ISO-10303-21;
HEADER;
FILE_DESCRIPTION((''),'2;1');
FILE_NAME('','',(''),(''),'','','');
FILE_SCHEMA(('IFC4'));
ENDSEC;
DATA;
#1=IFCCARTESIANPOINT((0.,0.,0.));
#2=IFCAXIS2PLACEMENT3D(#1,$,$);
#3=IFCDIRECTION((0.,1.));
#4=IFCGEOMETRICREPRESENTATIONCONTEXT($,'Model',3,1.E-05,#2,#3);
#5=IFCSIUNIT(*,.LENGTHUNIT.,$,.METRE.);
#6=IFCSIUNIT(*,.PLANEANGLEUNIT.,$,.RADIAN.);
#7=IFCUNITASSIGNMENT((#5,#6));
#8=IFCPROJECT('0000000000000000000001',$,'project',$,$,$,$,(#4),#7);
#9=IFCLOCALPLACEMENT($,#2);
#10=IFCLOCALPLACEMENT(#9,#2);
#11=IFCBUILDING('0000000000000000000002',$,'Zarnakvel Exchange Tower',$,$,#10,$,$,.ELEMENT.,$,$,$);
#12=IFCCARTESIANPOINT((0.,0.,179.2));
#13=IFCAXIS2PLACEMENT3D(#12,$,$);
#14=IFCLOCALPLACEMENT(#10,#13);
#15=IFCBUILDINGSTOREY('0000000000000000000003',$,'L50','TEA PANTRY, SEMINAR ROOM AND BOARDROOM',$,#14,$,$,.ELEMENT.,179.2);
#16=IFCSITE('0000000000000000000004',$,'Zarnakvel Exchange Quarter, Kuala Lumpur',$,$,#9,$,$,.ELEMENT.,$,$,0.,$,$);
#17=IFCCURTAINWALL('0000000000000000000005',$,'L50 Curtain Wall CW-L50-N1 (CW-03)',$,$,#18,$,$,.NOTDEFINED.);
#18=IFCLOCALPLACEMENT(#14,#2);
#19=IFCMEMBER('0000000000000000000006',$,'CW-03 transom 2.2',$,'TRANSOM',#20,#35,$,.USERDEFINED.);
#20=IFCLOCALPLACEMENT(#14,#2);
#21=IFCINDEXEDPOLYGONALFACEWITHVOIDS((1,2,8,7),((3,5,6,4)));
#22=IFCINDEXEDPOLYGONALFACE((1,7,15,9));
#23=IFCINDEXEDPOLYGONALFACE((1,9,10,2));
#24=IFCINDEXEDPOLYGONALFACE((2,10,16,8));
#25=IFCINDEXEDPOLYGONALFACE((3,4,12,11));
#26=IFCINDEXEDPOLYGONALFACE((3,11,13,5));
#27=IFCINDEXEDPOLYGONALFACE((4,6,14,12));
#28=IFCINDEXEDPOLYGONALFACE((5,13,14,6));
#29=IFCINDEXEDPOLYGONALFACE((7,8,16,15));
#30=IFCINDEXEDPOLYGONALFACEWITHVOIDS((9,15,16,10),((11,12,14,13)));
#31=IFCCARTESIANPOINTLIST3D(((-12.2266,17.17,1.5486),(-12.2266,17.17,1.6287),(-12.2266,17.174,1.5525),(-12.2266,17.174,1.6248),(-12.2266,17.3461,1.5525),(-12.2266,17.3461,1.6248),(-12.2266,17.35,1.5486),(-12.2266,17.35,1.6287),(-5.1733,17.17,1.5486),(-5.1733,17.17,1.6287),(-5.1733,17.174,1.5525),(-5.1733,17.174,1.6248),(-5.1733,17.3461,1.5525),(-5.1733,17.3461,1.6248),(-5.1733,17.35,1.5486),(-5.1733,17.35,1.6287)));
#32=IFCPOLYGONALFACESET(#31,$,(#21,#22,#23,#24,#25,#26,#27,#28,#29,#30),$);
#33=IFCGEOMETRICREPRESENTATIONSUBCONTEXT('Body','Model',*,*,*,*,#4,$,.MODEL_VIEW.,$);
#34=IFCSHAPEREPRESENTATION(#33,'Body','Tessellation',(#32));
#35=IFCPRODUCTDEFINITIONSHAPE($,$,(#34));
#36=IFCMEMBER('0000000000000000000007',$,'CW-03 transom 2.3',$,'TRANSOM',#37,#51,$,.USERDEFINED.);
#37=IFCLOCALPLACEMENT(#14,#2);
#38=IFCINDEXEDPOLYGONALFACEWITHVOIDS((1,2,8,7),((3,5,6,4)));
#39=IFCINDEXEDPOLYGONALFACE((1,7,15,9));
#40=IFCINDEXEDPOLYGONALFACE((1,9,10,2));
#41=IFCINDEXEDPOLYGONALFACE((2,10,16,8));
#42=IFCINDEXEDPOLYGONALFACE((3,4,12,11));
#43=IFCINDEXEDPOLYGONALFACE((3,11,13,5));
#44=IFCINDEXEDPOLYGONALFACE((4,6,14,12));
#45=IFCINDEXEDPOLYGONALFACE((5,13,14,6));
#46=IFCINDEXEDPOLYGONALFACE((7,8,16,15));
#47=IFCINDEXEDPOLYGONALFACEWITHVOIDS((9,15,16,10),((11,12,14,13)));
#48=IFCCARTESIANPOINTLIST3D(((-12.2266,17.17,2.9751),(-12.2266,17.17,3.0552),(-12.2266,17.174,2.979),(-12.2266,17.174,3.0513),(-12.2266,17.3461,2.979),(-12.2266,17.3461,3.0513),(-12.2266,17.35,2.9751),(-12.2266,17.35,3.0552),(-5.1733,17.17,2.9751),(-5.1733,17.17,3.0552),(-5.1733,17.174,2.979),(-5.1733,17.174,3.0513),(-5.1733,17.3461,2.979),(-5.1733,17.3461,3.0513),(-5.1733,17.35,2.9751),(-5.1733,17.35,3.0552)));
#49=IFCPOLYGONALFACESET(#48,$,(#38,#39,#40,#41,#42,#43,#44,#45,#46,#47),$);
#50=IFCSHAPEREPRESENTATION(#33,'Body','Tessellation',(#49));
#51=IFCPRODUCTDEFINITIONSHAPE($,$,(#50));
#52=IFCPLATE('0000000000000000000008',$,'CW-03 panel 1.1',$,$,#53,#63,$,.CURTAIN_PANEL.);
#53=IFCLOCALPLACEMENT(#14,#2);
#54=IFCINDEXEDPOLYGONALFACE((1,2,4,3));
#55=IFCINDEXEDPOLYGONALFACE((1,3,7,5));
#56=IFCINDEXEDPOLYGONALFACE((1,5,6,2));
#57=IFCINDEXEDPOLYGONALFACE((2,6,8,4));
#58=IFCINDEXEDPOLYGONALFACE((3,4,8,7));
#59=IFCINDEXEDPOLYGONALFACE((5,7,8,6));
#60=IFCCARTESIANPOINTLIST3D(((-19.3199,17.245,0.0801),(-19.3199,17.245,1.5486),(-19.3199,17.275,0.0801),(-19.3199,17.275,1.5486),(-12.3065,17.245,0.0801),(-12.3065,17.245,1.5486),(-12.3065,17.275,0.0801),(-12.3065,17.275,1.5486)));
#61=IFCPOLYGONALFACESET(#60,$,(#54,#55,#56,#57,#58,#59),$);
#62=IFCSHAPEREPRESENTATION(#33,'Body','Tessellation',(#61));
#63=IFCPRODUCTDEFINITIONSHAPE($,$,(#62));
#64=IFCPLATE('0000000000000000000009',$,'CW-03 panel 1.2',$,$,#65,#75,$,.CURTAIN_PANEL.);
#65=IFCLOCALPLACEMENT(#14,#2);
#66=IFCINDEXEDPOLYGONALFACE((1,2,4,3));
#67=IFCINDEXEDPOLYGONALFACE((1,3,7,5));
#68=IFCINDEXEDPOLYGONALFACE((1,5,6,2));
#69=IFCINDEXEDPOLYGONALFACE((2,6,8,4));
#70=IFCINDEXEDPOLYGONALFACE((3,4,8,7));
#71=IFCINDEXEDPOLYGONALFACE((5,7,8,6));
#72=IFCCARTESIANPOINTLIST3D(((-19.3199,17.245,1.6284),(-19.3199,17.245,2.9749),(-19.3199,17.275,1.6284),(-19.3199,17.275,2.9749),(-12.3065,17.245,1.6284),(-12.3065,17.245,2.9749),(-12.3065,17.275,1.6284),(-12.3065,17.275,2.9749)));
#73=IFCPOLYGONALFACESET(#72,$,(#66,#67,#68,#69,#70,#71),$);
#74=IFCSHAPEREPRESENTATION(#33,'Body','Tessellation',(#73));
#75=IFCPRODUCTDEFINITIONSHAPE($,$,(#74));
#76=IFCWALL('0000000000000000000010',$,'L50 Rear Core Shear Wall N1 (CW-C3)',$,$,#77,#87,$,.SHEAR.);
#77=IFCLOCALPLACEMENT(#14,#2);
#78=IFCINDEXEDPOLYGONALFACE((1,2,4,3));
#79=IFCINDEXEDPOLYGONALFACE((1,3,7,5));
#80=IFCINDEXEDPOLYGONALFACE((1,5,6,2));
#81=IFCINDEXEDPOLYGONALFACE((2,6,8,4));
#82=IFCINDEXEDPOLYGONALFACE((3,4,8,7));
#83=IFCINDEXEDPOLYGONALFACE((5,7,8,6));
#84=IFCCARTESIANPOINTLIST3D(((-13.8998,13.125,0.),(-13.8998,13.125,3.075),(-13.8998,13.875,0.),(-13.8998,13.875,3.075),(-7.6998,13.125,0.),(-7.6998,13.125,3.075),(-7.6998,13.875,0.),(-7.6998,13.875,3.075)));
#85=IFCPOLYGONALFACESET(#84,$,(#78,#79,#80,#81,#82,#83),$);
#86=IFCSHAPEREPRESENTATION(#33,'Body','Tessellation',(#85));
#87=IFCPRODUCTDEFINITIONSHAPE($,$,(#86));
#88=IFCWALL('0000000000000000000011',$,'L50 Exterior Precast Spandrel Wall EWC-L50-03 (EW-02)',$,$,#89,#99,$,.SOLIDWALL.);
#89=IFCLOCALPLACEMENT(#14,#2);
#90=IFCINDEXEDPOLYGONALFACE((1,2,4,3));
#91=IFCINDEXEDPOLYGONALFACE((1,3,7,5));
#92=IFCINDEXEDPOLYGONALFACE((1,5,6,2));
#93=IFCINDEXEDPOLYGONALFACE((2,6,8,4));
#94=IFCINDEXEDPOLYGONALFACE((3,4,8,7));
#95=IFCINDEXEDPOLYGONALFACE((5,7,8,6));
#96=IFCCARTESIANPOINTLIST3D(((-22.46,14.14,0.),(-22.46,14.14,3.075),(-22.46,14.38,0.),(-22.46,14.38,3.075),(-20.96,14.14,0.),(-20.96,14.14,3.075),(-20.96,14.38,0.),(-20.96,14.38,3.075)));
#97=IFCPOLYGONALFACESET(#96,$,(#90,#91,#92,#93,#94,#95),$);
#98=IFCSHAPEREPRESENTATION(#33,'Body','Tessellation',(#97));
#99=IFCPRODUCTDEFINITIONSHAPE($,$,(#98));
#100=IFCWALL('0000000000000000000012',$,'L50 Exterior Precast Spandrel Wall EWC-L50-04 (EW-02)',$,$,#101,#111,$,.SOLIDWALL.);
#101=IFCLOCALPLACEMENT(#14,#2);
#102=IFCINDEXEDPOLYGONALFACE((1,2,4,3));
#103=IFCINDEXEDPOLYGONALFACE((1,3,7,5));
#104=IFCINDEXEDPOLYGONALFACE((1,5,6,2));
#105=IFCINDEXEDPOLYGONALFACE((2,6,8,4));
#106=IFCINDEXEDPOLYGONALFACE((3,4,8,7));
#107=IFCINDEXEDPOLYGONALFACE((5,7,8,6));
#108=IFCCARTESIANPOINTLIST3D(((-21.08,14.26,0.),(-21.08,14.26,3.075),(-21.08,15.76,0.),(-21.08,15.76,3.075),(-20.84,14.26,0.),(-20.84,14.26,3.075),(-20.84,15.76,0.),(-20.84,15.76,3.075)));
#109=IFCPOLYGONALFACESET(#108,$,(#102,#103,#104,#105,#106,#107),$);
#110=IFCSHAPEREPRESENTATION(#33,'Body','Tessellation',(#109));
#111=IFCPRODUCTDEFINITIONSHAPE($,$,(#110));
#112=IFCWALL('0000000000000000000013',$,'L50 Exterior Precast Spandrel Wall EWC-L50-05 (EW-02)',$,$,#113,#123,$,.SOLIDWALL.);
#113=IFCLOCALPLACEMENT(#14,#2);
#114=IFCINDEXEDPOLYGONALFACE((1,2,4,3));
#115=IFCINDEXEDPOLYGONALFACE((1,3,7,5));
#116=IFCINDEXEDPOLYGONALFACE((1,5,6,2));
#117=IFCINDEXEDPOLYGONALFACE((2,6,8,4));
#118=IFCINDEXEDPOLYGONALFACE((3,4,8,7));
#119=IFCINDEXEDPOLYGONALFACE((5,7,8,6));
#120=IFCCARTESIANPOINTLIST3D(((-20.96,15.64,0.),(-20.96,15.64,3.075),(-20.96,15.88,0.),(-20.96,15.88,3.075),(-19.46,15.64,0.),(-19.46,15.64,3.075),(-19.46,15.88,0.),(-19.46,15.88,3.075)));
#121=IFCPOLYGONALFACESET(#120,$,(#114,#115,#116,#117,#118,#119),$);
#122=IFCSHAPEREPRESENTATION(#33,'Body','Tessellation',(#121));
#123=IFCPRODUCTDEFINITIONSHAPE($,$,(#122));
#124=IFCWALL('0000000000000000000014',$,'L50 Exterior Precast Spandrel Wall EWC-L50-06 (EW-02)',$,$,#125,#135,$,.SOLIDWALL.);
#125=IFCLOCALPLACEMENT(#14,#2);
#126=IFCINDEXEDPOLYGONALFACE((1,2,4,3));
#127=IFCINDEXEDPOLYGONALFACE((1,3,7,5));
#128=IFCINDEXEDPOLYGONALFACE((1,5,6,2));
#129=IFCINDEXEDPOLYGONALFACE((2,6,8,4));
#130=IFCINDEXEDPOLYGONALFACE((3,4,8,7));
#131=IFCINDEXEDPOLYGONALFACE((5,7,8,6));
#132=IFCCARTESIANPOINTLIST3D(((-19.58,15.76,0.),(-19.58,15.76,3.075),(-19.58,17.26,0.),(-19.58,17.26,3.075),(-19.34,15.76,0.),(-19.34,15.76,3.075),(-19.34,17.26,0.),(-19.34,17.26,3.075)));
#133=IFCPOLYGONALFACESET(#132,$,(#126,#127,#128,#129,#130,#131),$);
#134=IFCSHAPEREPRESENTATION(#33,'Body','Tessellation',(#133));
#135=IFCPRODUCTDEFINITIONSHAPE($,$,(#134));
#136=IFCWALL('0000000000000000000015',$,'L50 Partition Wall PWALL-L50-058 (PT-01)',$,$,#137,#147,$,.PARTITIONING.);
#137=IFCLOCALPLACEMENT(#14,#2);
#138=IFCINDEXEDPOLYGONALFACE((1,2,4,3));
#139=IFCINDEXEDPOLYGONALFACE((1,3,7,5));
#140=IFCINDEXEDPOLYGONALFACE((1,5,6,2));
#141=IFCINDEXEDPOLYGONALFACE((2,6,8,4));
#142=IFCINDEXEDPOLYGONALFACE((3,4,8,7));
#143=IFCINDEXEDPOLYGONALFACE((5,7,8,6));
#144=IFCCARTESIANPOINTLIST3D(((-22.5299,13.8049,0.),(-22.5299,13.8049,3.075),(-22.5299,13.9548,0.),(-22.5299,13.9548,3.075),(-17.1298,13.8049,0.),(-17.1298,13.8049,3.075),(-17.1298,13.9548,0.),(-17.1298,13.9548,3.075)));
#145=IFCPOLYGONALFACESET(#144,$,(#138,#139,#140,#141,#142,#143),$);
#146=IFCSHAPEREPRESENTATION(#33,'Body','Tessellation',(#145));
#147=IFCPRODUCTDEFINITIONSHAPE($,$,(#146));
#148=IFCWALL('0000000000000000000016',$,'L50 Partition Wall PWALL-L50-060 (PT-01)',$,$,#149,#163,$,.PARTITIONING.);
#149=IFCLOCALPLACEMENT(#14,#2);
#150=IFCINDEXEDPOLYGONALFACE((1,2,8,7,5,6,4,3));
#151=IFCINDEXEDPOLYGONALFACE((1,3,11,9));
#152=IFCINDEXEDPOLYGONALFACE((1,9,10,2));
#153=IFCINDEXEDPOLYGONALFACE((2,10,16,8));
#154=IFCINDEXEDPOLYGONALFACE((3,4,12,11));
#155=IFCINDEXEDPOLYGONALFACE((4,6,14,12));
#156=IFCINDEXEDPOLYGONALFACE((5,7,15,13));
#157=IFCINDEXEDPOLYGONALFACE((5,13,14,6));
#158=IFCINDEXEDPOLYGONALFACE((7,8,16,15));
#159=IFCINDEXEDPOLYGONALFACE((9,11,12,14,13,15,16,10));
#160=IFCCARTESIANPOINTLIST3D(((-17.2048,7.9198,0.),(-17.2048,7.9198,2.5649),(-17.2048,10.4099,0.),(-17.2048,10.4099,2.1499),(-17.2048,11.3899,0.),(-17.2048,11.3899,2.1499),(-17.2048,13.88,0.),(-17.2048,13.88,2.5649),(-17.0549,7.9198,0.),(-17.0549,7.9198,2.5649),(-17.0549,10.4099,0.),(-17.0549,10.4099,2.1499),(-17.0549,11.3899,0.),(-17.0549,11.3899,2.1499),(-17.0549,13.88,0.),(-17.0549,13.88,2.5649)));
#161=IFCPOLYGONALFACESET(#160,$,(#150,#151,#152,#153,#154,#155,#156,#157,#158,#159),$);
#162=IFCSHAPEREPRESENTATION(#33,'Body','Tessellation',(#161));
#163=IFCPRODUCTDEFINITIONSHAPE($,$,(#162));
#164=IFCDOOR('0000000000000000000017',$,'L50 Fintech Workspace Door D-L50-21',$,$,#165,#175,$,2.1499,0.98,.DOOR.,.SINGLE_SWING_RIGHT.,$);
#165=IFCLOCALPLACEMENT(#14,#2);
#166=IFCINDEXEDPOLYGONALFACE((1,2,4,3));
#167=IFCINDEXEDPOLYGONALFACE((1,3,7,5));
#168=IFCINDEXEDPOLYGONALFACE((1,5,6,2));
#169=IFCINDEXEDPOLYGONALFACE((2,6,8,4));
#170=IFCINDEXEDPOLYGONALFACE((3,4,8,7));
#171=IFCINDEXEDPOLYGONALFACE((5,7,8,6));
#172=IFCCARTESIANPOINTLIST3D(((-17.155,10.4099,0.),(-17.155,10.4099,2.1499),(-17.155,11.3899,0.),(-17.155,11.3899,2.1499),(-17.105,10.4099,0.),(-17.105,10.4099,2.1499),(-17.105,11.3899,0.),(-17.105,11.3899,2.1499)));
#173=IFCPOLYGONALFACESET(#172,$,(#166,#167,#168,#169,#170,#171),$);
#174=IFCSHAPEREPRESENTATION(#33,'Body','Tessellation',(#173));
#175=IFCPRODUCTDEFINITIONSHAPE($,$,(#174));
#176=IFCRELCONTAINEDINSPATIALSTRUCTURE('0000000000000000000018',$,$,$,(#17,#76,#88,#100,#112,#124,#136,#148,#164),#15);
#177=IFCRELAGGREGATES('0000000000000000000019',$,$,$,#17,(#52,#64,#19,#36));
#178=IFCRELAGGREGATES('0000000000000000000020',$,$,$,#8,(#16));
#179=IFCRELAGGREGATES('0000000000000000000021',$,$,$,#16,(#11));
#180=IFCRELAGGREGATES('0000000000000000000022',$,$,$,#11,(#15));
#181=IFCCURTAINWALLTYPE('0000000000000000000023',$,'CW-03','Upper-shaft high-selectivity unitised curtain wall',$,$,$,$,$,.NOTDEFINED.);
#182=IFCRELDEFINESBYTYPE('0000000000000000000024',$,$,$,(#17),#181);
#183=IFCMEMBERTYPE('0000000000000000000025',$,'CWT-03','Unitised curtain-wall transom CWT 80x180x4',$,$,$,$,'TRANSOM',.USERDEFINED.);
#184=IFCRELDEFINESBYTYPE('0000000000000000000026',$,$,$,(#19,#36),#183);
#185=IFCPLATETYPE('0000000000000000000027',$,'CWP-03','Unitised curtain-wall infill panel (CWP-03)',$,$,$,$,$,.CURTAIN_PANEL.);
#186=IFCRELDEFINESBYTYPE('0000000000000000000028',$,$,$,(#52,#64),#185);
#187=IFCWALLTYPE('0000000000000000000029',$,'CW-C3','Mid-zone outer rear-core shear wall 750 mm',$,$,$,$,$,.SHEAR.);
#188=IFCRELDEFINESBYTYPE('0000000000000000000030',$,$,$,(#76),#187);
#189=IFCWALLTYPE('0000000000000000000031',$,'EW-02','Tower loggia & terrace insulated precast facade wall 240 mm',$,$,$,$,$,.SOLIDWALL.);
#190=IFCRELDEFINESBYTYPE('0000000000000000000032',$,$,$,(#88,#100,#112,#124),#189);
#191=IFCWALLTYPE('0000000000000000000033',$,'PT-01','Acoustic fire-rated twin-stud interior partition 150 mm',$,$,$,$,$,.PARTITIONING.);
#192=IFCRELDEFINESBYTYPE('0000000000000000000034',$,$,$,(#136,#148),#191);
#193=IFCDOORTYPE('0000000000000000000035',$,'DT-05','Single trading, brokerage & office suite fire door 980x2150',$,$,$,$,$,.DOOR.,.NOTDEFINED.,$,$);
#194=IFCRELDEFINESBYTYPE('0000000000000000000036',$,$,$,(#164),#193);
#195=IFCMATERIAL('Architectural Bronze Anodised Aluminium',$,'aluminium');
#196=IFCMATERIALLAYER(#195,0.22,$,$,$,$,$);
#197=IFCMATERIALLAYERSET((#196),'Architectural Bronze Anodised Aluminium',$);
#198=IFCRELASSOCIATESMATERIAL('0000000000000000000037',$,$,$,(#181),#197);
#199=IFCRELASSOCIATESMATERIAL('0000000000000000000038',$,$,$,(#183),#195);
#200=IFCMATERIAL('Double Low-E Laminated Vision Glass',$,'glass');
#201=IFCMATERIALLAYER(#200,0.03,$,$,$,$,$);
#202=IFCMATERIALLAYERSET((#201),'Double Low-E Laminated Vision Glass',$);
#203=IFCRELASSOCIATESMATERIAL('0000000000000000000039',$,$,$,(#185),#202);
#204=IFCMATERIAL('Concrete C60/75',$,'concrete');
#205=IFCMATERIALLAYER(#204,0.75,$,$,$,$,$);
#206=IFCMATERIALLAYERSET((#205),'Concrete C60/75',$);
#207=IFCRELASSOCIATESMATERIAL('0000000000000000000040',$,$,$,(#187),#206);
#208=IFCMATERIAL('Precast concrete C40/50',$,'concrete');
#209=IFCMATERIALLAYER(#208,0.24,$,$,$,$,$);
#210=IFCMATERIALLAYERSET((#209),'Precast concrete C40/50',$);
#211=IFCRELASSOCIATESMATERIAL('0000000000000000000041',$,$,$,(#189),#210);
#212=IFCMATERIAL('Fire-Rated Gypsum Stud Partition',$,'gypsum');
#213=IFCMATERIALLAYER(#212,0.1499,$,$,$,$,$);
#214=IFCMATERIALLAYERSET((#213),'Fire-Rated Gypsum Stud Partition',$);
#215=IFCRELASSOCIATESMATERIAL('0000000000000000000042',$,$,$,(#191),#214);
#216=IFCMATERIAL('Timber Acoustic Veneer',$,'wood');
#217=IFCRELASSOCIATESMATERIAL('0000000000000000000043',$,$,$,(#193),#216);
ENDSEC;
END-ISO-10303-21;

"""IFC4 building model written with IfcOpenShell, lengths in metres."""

from ifc_helpers import new_model, si_unit, direction, frame, frame_2d, origin, origin_2d, place, context, subcontext, project, spatial, rectangle, hollow_rectangle, extrude, source, transform, mapped, material, layer, layer_set, material_profile, profile_set, type_object, element, fill, aggregate, save


model = new_model("IFC4")

# Units and contexts
model_context = context("Model", 3, precision=1e-05, world=origin(), true_north=direction((0.0, 1.0)))
body_context = subcontext(model_context, "Body", "Model", "MODEL_VIEW")
ifc_project = project(units=[si_unit("LENGTHUNIT", "METRE"), si_unit("PLANEANGLEUNIT", "RADIAN")], contexts=[model_context])

# Site, building, storey
site_placement = place(None, origin())
site = spatial("IfcSite", under=ifc_project, at=site_placement, Name="Zarnakvel Exchange Quarter, Kuala Lumpur", CompositionType="ELEMENT", RefElevation=0.0)
building_placement = place(site_placement, origin())
building = spatial("IfcBuilding", under=site, at=building_placement, Name="Zarnakvel Exchange Tower", CompositionType="ELEMENT")
storey_placement = place(building_placement, frame((0.0, 0.0, 179.2)))
storey = spatial("IfcBuildingStorey", under=building, at=storey_placement, Name="L50", Description="TEA PANTRY, SEMINAR ROOM AND BOARDROOM", CompositionType="ELEMENT", Elevation=179.2)

# Shared definitions
ifc_material_1 = material(Name="Concrete C60/75", Category="concrete")

# Shared definitions
ifc_material_2 = material(Name="Architectural Bronze Anodised Aluminium", Category="aluminium")

# Curtain wall, members, plates
ifc_layer_1 = layer(ifc_material_2, 0.22)
ifc_layer_set_1 = layer_set([ifc_layer_1], Name="Architectural Bronze Anodised Aluminium")
curtain_wall_type_1 = type_object("IfcCurtainWallType", Name="CW-03", Description="Upper-shaft high-selectivity unitised curtain wall", PredefinedType="NOTDEFINED", material=ifc_layer_set_1)
curtain_wall_1_placement = place(storey_placement, origin())
curtain_wall_1 = element("IfcCurtainWall", 1, at=curtain_wall_1_placement, inside=storey, type_object=curtain_wall_type_1, Name="L50 Curtain Wall CW-L50-N1 (CW-03)", PredefinedType="NOTDEFINED")
ifc_material_profile_1 = material_profile(ifc_material_2, hollow_rectangle(XDim=0.1799, YDim=0.0801, WallThickness=0.0039, at=origin_2d()))
ifc_profile_set_1 = profile_set([ifc_material_profile_1], Name="Architectural Bronze Anodised Aluminium")
member_type_1 = type_object("IfcMemberType", Name="CWT-03", Description="Unitised curtain-wall transom CWT 80x180x4", ElementType="TRANSOM", PredefinedType="USERDEFINED", material=ifc_profile_set_1)
shared_shape_1 = source(origin(), body_context, "Body", "SweptSolid", [
    extrude(hollow_rectangle(XDim=0.1799, YDim=0.0801, WallThickness=0.0039, at=origin_2d()), origin(), (0.0, 0.0, 1.0), 7.0532),
])
member_1_placement = place(storey_placement, frame((-12.2266, 17.26, 1.5886), z_axis=(1.0, 0.0, 0.0), x_axis=(0.0, 1.0, 0.0)))
member_1 = element("IfcMember", 2, at=member_1_placement, type_object=member_type_1, Name="CW-03 transom 2.2", ObjectType="TRANSOM", PredefinedType="USERDEFINED", context=body_context, shape_type="MappedRepresentation", body=[
    mapped(shared_shape_1, transform((0.0, 0.0, 0.0), x_axis=(1.0, 0.0, 0.0), y_axis=(0.0, 1.0, 0.0), z_axis=(0.0, 0.0, 1.0), scale=1.0)),
])
member_2_placement = place(storey_placement, frame((-12.2266, 17.26, 3.0151), z_axis=(1.0, 0.0, 0.0), x_axis=(0.0, 1.0, 0.0)))
member_2 = element("IfcMember", 3, at=member_2_placement, type_object=member_type_1, Name="CW-03 transom 2.3", ObjectType="TRANSOM", PredefinedType="USERDEFINED", context=body_context, shape_type="MappedRepresentation", body=[
    mapped(shared_shape_1, transform((0.0, 0.0, 0.0), x_axis=(1.0, 0.0, 0.0), y_axis=(0.0, 1.0, 0.0), z_axis=(0.0, 0.0, 1.0), scale=1.0)),
])
ifc_material_3 = material(Name="Double Low-E Laminated Vision Glass", Category="glass")
ifc_layer_2 = layer(ifc_material_3, 0.03)
ifc_layer_set_2 = layer_set([ifc_layer_2], Name="Double Low-E Laminated Vision Glass")
plate_type = type_object("IfcPlateType", Name="CWP-03", Description="Unitised curtain-wall infill panel (CWP-03)", PredefinedType="CURTAIN_PANEL", material=ifc_layer_set_2)
shared_shape_2 = source(origin(), body_context, "Body", "SweptSolid", [
    extrude(rectangle(XDim=7.0134, YDim=0.03, at=origin_2d()), origin(), (0.0, 0.0, 1.0), 1.4685),
])
plate_1_placement = place(storey_placement, frame((-15.8132, 17.26, 0.0801), z_axis=(0.0, 0.0, 1.0), x_axis=(1.0, 0.0, 0.0)))
plate_1 = element("IfcPlate", 4, at=plate_1_placement, type_object=plate_type, Name="CW-03 panel 1.1", PredefinedType="CURTAIN_PANEL", context=body_context, shape_type="MappedRepresentation", body=[
    mapped(shared_shape_2, transform((0.0, 0.0, 0.0), x_axis=(1.0, 0.0, 0.0), y_axis=(0.0, 1.0, 0.0), z_axis=(0.0, 0.0, 1.0), scale=1.0)),
])
shared_shape_3 = source(origin(), body_context, "Body", "SweptSolid", [
    extrude(rectangle(XDim=7.0134, YDim=0.03, at=origin_2d()), origin(), (0.0, 0.0, 1.0), 1.3464),
])
plate_2_placement = place(storey_placement, frame((-15.8132, 17.26, 1.6284), z_axis=(0.0, 0.0, 1.0), x_axis=(1.0, 0.0, 0.0)))
plate_2 = element("IfcPlate", 5, at=plate_2_placement, type_object=plate_type, Name="CW-03 panel 1.2", PredefinedType="CURTAIN_PANEL", context=body_context, shape_type="MappedRepresentation", body=[
    mapped(shared_shape_3, transform((0.0, 0.0, 0.0), x_axis=(1.0, 0.0, 0.0), y_axis=(0.0, 1.0, 0.0), z_axis=(0.0, 0.0, 1.0), scale=1.0)),
])
aggregate(curtain_wall_1, [plate_1, plate_2, member_1, member_2])

# Walls
ifc_layer_3 = layer(ifc_material_1, 0.75)
ifc_layer_set_3 = layer_set([ifc_layer_3], Name="Concrete C60/75")
wall_type_1 = type_object("IfcWallType", Name="CW-C3", Description="Mid-zone outer rear-core shear wall 750 mm", PredefinedType="SHEAR", material=ifc_layer_set_3)
wall_1_placement = place(storey_placement, frame((-13.8999, 13.5, 0.0), z_axis=(0.0, 0.0, 1.0), x_axis=(1.0, 0.0, 0.0)))
element("IfcWall", 6, at=wall_1_placement, inside=storey, type_object=wall_type_1, Name="L50 Rear Core Shear Wall N1 (CW-C3)", PredefinedType="SHEAR", context=body_context, shape_type="SweptSolid", body=[
    extrude(rectangle(XDim=6.2, YDim=0.75, at=frame_2d((3.1001, 0.0))), origin(), (0.0, 0.0, 1.0), 3.075),
])
ifc_material_4 = material(Name="Precast concrete C40/50", Category="concrete")
ifc_layer_4 = layer(ifc_material_4, 0.24)
ifc_layer_set_4 = layer_set([ifc_layer_4], Name="Precast concrete C40/50")
wall_type_2 = type_object("IfcWallType", Name="EW-02", Description="Tower loggia & terrace insulated precast facade wall 240 mm", PredefinedType="SOLIDWALL", material=ifc_layer_set_4)
for number, where, z_axis, x_axis, name in (
    (7, (-20.96, 14.26, 0.0), (0.0, 0.0, 1.0), (-1.0, 0.0, 0.0), "L50 Exterior Precast Spandrel Wall EWC-L50-03 (EW-02)"),
    (8, (-20.96, 15.76, 0.0), (0.0, 0.0, 1.0), (0.0, -1.0, 0.0), "L50 Exterior Precast Spandrel Wall EWC-L50-04 (EW-02)"),
    (9, (-19.46, 15.76, 0.0), (0.0, 0.0, 1.0), (-1.0, 0.0, 0.0), "L50 Exterior Precast Spandrel Wall EWC-L50-05 (EW-02)"),
    (10, (-19.46, 17.26, 0.0), (0.0, 0.0, 1.0), (0.0, -1.0, 0.0), "L50 Exterior Precast Spandrel Wall EWC-L50-06 (EW-02)"),
):
    element("IfcWall", number, at=place(storey_placement, frame(where, z_axis=z_axis, x_axis=x_axis)), inside=storey, type_object=wall_type_2, Name=name, PredefinedType="SOLIDWALL", context=body_context, shape_type="SweptSolid", body=[
        extrude(rectangle(XDim=1.5, YDim=0.24, at=frame_2d((0.75, 0.0))), origin(), (0.0, 0.0, 1.0), 3.075),
    ])
ifc_material_5 = material(Name="Fire-Rated Gypsum Stud Partition", Category="gypsum")
ifc_layer_5 = layer(ifc_material_5, 0.1499)
ifc_layer_set_5 = layer_set([ifc_layer_5], Name="Fire-Rated Gypsum Stud Partition")
wall_type_3 = type_object("IfcWallType", Name="PT-01", Description="Acoustic fire-rated twin-stud interior partition 150 mm", PredefinedType="PARTITIONING", material=ifc_layer_set_5)
wall_2_placement = place(storey_placement, frame((-22.53, 13.8799, 0.0), z_axis=(0.0, 0.0, 1.0), x_axis=(1.0, 0.0, 0.0)))
element("IfcWall", 11, at=wall_2_placement, inside=storey, type_object=wall_type_3, Name="L50 Partition Wall PWALL-L50-058 (PT-01)", PredefinedType="PARTITIONING", context=body_context, shape_type="SweptSolid", body=[
    extrude(rectangle(XDim=5.4001, YDim=0.1499, at=frame_2d((2.7002, 0.0))), origin(), (0.0, 0.0, 1.0), 3.075),
])

# Wall, opening, door
wall_3_placement = place(storey_placement, frame((-17.1299, 13.8799, 0.0), z_axis=(0.0, 0.0, 1.0), x_axis=(0.0, -1.0, 0.0)))
wall_3 = element("IfcWall", 12, at=wall_3_placement, inside=storey, type_object=wall_type_3, Name="L50 Partition Wall PWALL-L50-060 (PT-01)", PredefinedType="PARTITIONING", context=body_context, shape_type="SweptSolid", body=[
    extrude(rectangle(XDim=5.9602, YDim=0.1499, at=frame_2d((2.98, 0.0))), origin(), (0.0, 0.0, 1.0), 2.5649),
])
opening_placement = place(wall_3_placement, frame((2.49, 0.0, 0.0)))
opening = element("IfcOpeningElement", 13, at=opening_placement, cuts=wall_3, PredefinedType="OPENING", context=body_context, shape_type="SweptSolid", body=[
    extrude(rectangle(XDim=0.98, YDim=2.1499, at=frame_2d((0.49, 1.075))), frame((0.0, 0.085, 0.0), z_axis=(0.0, -1.0, 0.0), x_axis=(1.0, 0.0, 0.0)), (0.0, 0.0, 1.0), 0.1699),
])
ifc_material_6 = material(Name="Timber Acoustic Veneer", Category="wood")
door_type = type_object("IfcDoorType", Name="DT-05", Description="Single trading, brokerage & office suite fire door 980x2150", OperationType="NOTDEFINED", PredefinedType="DOOR", material=ifc_material_6)
shared_shape_4 = source(origin(), body_context, "Body", "SweptSolid", [
    extrude(rectangle(XDim=0.98, YDim=2.1499, at=frame_2d((0.49, 1.075))), frame((0.0, 0.0249, 0.0), z_axis=(0.0, -1.0, 0.0), x_axis=(1.0, 0.0, 0.0)), (0.0, 0.0, 1.0), 0.05),
])
door_placement = place(opening_placement, origin())
door = element("IfcDoor", 14, at=door_placement, inside=storey, type_object=door_type, Name="L50 Fintech Workspace Door D-L50-21", OperationType="SINGLE_SWING_RIGHT", OverallHeight=2.1499, OverallWidth=0.98, PredefinedType="DOOR", context=body_context, shape_type="MappedRepresentation", body=[
    mapped(shared_shape_4, transform((0.0, 0.0, 0.0), x_axis=(1.0, 0.0, 0.0), y_axis=(0.0, 1.0, 0.0), z_axis=(0.0, 0.0, 1.0), scale=1.0)),
])
fill(opening, door)

save(model, "model.ifc")
